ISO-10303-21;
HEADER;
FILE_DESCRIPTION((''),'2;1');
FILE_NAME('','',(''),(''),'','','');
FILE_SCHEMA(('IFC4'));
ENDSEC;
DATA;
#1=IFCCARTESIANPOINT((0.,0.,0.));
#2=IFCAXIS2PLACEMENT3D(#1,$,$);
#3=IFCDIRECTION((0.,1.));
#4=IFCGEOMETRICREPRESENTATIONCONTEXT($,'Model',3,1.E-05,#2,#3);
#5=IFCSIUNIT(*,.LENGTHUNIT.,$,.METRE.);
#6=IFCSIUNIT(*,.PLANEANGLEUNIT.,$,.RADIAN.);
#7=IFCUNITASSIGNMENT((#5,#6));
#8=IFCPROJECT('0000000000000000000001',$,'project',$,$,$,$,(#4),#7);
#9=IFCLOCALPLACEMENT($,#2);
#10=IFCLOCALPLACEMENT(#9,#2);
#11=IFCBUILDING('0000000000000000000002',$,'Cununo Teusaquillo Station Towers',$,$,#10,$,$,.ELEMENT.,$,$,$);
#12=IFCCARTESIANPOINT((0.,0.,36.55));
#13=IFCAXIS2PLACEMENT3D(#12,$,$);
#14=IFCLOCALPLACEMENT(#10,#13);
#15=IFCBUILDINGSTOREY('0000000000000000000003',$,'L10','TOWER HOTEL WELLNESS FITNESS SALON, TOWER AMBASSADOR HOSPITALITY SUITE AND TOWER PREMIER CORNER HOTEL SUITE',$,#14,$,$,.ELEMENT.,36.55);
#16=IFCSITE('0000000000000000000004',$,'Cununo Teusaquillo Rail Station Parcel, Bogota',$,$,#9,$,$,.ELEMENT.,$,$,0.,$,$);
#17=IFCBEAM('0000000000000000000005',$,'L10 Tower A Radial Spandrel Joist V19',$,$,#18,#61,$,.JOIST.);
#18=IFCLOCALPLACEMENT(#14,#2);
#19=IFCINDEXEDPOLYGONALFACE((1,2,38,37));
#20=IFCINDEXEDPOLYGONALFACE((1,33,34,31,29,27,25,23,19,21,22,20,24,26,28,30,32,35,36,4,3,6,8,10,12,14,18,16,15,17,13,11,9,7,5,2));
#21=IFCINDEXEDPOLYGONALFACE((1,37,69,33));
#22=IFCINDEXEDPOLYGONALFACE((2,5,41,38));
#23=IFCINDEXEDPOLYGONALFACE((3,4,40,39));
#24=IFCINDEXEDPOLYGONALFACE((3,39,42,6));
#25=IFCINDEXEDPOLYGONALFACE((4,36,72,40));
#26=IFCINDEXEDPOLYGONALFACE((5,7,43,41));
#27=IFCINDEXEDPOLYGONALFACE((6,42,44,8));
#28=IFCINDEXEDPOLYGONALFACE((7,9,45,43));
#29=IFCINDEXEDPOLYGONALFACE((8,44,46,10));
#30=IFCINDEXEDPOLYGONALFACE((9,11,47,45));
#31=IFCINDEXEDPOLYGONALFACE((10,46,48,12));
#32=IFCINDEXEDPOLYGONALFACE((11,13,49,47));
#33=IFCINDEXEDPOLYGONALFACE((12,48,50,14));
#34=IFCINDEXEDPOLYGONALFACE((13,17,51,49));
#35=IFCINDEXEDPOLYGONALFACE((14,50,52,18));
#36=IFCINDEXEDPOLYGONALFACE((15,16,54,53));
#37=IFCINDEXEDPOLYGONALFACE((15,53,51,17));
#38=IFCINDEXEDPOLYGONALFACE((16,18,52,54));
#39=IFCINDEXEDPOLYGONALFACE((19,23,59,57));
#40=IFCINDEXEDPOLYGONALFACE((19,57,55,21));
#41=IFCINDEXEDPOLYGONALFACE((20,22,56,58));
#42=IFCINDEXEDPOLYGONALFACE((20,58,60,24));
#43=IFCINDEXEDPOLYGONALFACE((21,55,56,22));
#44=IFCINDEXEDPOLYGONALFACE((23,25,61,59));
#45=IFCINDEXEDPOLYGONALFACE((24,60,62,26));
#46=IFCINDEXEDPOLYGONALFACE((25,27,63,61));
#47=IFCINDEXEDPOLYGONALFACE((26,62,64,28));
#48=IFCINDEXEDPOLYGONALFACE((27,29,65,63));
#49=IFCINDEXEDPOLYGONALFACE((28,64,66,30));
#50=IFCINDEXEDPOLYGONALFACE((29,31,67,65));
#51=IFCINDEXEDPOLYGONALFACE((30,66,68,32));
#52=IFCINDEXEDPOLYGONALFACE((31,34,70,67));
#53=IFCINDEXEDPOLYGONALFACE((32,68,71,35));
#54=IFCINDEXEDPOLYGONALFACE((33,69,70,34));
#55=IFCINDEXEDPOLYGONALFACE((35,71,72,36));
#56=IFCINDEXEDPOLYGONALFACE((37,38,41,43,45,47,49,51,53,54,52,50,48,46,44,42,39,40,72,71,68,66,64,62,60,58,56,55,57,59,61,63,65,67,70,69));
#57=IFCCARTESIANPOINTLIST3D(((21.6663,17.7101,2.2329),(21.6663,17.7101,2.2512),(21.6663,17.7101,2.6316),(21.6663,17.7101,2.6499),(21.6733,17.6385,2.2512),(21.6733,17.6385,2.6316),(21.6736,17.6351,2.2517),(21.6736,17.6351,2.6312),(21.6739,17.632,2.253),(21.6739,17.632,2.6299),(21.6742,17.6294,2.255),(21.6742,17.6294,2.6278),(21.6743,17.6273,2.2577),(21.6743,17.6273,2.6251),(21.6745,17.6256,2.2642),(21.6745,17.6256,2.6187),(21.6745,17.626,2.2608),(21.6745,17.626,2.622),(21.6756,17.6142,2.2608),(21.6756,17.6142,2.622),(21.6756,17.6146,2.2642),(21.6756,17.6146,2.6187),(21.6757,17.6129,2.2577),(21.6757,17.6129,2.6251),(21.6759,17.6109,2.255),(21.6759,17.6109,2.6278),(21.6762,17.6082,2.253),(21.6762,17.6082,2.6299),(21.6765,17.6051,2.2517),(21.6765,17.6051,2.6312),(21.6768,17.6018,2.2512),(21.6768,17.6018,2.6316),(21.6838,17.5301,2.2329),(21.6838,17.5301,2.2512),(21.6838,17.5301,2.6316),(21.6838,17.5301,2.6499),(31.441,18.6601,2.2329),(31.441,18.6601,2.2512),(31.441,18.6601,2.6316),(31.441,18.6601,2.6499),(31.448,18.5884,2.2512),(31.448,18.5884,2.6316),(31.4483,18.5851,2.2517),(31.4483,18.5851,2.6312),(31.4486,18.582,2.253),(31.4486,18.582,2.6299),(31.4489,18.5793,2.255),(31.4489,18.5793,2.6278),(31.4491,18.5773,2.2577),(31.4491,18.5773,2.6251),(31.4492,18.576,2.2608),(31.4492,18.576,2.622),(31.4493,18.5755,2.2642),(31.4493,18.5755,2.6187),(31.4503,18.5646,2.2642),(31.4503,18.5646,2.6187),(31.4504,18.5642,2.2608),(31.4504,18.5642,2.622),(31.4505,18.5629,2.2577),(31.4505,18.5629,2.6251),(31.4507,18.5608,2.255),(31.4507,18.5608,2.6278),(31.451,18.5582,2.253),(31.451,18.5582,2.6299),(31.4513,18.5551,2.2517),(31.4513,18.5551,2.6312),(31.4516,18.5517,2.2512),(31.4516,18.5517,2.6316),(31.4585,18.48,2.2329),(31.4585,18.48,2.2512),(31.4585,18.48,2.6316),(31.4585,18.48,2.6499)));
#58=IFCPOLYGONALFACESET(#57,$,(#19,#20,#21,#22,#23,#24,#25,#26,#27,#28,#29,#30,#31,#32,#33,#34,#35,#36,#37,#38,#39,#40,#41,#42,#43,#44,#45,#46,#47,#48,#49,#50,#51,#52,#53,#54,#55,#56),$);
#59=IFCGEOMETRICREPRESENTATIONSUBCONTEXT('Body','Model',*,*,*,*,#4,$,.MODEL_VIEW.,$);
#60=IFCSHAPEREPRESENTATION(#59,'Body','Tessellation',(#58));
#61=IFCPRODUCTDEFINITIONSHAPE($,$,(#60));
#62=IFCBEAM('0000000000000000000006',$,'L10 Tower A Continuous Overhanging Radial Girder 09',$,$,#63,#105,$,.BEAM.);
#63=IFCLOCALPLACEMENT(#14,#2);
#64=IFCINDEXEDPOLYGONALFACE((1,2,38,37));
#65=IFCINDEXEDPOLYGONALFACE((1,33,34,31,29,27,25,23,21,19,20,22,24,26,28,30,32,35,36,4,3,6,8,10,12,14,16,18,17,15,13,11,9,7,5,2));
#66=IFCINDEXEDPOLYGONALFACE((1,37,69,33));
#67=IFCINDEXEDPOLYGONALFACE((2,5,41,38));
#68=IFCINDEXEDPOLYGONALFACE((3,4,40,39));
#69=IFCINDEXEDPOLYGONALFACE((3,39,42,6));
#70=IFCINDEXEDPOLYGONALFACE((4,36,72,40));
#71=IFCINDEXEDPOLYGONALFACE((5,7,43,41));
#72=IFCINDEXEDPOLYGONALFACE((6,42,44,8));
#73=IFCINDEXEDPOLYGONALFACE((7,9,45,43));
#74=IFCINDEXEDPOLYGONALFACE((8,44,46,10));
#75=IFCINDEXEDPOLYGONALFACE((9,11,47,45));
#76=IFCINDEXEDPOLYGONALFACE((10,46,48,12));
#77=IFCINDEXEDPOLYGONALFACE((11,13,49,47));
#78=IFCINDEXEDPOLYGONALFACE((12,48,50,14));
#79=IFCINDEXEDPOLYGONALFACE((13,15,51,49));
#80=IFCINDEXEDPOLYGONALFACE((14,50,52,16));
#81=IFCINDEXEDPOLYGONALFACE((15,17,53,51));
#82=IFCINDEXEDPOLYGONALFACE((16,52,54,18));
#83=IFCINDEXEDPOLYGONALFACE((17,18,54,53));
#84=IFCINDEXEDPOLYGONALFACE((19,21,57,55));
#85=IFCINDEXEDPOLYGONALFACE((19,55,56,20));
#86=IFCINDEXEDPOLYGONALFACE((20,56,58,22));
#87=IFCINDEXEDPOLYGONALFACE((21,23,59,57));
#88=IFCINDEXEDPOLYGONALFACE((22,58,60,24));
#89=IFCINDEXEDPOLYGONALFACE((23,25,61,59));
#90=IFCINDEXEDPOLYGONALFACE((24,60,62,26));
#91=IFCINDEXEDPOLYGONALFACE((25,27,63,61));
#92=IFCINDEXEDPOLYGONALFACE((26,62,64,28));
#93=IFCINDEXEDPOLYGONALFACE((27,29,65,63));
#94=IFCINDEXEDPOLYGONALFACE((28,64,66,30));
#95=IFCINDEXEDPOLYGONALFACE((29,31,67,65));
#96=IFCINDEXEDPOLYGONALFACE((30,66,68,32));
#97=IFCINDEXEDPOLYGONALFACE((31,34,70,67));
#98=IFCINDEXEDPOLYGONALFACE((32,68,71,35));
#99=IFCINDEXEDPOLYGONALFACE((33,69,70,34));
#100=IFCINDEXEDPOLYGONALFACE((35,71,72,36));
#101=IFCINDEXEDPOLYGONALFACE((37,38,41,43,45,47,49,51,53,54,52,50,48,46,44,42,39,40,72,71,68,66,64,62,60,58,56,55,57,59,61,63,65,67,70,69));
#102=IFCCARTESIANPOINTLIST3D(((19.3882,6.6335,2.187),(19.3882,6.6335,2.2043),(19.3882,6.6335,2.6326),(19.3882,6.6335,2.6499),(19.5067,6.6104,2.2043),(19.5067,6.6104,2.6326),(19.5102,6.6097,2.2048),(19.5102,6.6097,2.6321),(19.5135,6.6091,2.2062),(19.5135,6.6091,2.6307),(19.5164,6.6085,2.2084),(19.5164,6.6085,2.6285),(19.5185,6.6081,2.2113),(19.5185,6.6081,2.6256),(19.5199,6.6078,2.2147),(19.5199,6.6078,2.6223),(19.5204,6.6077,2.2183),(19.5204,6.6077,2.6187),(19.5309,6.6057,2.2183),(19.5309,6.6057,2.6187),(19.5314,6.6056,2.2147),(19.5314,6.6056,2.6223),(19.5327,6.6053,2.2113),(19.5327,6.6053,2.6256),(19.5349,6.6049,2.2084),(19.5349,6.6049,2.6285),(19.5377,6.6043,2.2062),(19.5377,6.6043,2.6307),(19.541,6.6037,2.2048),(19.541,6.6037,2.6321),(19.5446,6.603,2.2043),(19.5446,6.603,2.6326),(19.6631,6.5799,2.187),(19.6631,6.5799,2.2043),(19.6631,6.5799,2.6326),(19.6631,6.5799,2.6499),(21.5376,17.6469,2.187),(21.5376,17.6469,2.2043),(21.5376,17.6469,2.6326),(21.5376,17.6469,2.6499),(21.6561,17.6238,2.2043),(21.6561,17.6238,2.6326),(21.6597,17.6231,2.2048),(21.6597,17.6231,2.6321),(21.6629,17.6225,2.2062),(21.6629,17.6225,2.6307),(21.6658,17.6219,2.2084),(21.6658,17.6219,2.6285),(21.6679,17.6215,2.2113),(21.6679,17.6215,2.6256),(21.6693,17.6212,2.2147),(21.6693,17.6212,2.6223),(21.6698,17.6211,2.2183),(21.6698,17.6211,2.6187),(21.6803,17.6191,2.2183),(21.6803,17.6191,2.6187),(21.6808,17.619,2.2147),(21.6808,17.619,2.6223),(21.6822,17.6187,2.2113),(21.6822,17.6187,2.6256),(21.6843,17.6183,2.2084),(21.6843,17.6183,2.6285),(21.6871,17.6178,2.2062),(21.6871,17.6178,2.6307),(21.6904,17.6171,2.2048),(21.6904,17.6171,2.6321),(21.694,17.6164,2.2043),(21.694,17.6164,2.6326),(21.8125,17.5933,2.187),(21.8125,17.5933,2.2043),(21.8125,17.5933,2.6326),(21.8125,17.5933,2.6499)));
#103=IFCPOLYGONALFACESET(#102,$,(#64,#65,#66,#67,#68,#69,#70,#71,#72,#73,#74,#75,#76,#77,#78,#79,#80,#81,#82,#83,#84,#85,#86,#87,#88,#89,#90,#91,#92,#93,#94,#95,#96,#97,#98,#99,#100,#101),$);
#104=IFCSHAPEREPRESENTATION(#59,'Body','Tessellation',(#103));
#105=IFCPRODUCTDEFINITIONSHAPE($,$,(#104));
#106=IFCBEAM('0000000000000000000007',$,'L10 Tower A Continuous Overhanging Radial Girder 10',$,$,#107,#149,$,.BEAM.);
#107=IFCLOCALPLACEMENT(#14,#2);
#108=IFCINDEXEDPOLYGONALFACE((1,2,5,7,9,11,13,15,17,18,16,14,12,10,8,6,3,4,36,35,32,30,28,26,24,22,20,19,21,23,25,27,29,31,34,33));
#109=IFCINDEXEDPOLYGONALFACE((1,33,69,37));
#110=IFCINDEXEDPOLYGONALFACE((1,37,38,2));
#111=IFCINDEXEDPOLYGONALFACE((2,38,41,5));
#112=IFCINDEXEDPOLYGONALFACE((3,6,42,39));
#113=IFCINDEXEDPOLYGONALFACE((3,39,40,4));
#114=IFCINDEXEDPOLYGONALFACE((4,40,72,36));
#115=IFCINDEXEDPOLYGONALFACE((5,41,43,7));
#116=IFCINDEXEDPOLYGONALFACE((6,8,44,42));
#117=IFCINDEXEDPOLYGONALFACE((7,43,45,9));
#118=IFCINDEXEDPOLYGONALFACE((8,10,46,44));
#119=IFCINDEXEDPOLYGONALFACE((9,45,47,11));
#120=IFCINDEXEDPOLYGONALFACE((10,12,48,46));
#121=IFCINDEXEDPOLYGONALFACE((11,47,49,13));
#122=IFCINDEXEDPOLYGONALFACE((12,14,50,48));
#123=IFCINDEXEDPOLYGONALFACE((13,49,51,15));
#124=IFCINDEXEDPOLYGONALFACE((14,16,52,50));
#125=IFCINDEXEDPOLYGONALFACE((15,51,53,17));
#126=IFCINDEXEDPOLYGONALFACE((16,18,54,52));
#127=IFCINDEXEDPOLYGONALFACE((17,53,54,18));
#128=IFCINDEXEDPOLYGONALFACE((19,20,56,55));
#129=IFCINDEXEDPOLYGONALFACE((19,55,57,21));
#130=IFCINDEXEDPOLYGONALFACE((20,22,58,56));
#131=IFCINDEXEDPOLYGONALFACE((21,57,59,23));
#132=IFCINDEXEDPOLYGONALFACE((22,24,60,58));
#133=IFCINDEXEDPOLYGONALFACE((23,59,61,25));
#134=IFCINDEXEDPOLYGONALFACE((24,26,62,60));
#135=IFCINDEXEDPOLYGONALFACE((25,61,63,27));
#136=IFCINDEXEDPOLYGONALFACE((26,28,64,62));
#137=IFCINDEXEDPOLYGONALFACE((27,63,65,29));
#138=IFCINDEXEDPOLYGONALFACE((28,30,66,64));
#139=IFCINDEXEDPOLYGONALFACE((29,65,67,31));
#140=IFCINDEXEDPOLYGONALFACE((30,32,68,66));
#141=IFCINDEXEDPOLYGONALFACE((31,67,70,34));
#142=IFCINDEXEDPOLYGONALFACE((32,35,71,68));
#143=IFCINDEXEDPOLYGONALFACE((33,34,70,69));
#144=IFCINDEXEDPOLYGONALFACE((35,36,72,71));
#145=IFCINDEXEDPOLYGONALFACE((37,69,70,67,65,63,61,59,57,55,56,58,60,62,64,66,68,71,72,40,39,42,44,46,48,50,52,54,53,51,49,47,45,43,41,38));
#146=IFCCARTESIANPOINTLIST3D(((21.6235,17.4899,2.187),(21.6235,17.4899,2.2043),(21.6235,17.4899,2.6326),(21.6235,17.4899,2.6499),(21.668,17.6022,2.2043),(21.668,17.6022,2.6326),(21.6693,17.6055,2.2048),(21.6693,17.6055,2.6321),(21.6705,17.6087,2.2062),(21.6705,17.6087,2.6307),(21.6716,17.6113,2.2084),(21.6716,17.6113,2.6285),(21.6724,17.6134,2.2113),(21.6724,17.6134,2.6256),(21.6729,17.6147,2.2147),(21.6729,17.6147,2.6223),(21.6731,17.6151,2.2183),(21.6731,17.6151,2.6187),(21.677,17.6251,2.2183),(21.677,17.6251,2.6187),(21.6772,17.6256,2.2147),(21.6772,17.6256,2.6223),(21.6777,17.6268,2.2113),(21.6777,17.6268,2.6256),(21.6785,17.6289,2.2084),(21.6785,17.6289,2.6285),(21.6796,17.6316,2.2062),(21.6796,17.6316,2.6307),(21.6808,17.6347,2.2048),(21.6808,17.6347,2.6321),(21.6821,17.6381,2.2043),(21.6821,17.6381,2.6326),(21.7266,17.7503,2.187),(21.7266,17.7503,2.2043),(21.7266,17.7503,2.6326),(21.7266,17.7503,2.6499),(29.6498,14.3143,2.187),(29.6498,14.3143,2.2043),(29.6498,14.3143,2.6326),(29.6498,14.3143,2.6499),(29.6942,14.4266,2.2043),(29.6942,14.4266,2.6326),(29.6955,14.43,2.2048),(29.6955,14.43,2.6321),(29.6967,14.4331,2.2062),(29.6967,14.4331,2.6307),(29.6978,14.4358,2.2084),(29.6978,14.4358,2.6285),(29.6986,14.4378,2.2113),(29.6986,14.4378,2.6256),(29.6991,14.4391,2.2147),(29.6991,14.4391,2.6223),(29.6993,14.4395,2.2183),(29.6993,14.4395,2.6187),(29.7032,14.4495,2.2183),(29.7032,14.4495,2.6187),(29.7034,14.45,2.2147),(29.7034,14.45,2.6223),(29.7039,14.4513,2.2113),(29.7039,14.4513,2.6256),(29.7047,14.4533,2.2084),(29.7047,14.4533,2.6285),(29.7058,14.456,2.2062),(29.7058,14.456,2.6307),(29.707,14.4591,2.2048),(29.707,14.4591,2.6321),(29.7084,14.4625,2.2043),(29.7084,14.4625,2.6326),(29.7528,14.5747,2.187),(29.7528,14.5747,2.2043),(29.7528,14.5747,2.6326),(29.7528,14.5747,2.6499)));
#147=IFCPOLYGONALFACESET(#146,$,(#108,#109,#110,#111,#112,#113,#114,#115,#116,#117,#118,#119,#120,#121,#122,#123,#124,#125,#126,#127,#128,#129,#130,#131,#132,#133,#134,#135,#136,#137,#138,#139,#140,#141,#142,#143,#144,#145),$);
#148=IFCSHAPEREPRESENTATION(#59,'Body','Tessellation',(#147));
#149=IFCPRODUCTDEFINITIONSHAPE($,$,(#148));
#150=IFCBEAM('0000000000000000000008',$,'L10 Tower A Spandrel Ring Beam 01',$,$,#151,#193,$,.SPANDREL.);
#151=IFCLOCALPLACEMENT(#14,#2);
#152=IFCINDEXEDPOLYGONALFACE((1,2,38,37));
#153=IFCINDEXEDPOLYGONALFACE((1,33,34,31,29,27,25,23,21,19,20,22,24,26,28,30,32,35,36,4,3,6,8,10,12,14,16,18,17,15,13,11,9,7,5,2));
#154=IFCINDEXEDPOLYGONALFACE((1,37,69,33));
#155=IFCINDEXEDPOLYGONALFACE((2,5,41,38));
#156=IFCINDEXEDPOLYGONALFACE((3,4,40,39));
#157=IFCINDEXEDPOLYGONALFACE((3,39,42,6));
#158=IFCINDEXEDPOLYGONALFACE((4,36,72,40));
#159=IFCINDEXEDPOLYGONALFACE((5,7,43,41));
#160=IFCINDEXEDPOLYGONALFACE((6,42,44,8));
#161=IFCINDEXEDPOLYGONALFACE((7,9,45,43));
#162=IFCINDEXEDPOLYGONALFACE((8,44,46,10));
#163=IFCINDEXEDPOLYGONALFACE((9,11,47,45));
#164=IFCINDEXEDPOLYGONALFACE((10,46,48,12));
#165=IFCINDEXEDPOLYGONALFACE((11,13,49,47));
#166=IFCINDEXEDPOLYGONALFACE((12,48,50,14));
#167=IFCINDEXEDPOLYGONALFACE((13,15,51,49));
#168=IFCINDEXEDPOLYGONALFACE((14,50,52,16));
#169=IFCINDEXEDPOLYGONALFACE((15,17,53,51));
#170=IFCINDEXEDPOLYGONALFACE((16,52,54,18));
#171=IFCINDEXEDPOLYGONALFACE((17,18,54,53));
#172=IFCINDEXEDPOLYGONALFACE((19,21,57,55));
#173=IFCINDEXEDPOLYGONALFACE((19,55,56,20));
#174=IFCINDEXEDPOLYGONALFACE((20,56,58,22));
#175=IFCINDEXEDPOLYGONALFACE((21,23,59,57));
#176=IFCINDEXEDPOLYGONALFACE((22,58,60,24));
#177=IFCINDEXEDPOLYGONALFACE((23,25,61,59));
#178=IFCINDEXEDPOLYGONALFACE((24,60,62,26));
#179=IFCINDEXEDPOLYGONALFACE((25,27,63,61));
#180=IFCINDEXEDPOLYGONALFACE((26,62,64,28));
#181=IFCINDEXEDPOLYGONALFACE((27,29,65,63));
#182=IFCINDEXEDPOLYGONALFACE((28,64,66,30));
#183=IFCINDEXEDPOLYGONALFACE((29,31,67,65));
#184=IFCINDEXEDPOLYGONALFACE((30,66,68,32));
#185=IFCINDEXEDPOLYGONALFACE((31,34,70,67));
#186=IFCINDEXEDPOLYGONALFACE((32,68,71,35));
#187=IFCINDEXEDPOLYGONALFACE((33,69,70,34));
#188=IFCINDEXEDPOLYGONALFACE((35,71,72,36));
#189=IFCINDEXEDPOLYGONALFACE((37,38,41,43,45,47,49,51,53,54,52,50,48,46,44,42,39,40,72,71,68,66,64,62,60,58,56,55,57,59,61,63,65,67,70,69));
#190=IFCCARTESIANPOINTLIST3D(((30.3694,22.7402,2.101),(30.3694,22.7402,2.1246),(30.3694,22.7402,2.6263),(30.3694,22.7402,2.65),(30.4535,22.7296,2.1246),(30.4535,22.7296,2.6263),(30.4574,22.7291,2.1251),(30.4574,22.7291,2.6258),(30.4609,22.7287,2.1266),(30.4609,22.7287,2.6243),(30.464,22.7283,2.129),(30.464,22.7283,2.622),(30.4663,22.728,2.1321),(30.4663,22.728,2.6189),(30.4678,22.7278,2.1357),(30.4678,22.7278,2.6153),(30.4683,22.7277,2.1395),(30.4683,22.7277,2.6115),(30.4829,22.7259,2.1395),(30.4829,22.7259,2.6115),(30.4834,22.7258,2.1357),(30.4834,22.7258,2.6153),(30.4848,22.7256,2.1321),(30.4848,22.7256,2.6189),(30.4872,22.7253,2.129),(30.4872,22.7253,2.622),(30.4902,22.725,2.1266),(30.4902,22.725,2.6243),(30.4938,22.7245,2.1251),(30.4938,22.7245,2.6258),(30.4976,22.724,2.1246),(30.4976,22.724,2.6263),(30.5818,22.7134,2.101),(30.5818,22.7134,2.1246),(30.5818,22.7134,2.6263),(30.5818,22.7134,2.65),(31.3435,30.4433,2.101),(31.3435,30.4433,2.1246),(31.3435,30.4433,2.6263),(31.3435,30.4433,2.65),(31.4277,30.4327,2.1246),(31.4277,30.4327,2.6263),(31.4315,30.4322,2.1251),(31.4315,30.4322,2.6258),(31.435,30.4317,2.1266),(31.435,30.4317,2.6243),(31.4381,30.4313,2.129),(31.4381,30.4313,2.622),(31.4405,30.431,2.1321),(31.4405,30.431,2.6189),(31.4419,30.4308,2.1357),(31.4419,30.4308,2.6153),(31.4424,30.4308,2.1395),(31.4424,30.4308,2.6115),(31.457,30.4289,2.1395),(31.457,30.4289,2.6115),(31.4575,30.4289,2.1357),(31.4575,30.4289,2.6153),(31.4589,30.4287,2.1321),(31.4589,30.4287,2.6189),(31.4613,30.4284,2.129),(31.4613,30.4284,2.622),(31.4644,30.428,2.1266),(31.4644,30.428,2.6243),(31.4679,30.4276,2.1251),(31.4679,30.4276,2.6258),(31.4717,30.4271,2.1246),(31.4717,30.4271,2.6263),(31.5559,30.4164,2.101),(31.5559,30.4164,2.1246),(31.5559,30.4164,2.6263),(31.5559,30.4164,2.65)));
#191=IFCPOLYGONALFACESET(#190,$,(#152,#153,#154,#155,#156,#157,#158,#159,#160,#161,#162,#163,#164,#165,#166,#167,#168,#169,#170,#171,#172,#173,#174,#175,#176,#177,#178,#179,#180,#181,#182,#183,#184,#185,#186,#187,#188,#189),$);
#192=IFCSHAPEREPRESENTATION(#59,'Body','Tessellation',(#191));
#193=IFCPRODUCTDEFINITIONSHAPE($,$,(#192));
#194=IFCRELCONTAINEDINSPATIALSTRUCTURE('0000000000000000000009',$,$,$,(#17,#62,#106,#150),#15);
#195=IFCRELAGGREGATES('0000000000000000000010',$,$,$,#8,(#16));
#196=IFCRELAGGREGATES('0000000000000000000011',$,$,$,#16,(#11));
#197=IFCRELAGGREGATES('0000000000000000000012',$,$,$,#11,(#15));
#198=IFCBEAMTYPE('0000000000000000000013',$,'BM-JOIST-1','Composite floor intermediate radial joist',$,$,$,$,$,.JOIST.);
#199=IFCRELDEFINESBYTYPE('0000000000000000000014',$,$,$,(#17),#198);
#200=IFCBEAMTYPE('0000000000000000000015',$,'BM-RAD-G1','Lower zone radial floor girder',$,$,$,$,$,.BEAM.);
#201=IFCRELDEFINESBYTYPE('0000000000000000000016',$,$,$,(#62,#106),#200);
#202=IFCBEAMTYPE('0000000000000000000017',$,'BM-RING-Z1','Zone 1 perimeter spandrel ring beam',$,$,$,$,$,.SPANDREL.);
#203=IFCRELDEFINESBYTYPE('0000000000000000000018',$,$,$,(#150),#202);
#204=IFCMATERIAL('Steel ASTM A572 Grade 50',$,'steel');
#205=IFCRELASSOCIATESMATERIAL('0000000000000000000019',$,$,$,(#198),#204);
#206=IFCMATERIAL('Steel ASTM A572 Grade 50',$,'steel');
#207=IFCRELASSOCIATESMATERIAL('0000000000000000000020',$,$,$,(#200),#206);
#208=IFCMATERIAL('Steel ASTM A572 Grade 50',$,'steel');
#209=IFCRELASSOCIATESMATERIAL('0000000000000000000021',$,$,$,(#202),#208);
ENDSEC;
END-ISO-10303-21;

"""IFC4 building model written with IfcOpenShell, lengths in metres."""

from ifc_helpers import new_model, si_unit, direction, frame, origin, origin_2d, place, context, subcontext, project, spatial, i_section, extrude, material, material_profile, profile_set, type_object, element, save


model = new_model("IFC4")

# Units and contexts
model_context = context("Model", 3, precision=1e-05, world=origin(), true_north=direction((0.0, 1.0)))
body_context = subcontext(model_context, "Body", "Model", "MODEL_VIEW")
ifc_project = project(units=[si_unit("LENGTHUNIT", "METRE"), si_unit("PLANEANGLEUNIT", "RADIAN")], contexts=[model_context])

# Site, building, storey
site_placement = place(None, origin())
site = spatial("IfcSite", under=ifc_project, at=site_placement, Name="Cununo Teusaquillo Rail Station Parcel, Bogota", CompositionType="ELEMENT", RefElevation=0.0)
building_placement = place(site_placement, origin())
building = spatial("IfcBuilding", under=site, at=building_placement, Name="Cununo Teusaquillo Station Towers", CompositionType="ELEMENT")
storey_placement = place(building_placement, frame((0.0, 0.0, 36.55)))
storey = spatial("IfcBuildingStorey", under=building, at=storey_placement, Name="L10", Description="TOWER HOTEL WELLNESS FITNESS SALON, TOWER AMBASSADOR HOSPITALITY SUITE AND TOWER PREMIER CORNER HOTEL SUITE", CompositionType="ELEMENT", Elevation=36.55)

# Beams
ifc_material_1 = material(Name="Steel ASTM A572 Grade 50", Category="steel")
ifc_material_profile_1 = material_profile(ifc_material_1, i_section(OverallWidth=0.1809, OverallDepth=0.417, WebThickness=0.011, FlangeThickness=0.0183, FilletRadius=0.0129, at=origin_2d()), Name="W16X57")
ifc_profile_set_1 = profile_set([ifc_material_profile_1], Name="Steel ASTM A572 Grade 50")
beam_type_1 = type_object("IfcBeamType", Name="BM-JOIST-1", Description="Composite floor intermediate radial joist", PredefinedType="JOIST", material=ifc_profile_set_1)
beam_1_placement = place(storey_placement, frame((21.675, 17.6201, 2.4414), z_axis=(0.995311, 0.096729, 0.0), x_axis=(-0.096729, 0.995311, 0.0)))
element("IfcBeam", 1, at=beam_1_placement, inside=storey, type_object=beam_type_1, Name="L10 Tower A Radial Spandrel Joist V19", PredefinedType="JOIST", context=body_context, shape_type="SweptSolid", body=[
    extrude(i_section(OverallWidth=0.1809, OverallDepth=0.417, WebThickness=0.011, FlangeThickness=0.0183, FilletRadius=0.0129, at=origin_2d()), origin(), (0.0, 0.0, 1.0), 9.8208),
])
ifc_material_2 = material(Name="Steel ASTM A572 Grade 50", Category="steel")
ifc_material_profile_2 = material_profile(ifc_material_2, i_section(OverallWidth=0.28, OverallDepth=0.4629, WebThickness=0.0107, FlangeThickness=0.0173, FilletRadius=0.0139, at=origin_2d()), Name="W18X76")
ifc_profile_set_2 = profile_set([ifc_material_profile_2], Name="Steel ASTM A572 Grade 50")
beam_type_2 = type_object("IfcBeamType", Name="BM-RAD-G1", Description="Lower zone radial floor girder", PredefinedType="BEAM", material=ifc_profile_set_2)
beam_2_placement = place(storey_placement, frame((21.675, 17.6201, 2.4185), z_axis=(-0.191549, -0.981483, 0.0), x_axis=(0.981483, -0.191549, 0.0)))
element("IfcBeam", 2, at=beam_2_placement, inside=storey, type_object=beam_type_2, Name="L10 Tower A Continuous Overhanging Radial Girder 09", PredefinedType="BEAM", context=body_context, shape_type="SweptSolid", body=[
    extrude(i_section(OverallWidth=0.28, OverallDepth=0.4629, WebThickness=0.0107, FlangeThickness=0.0173, FilletRadius=0.0139, at=origin_2d()), origin(), (0.0, 0.0, 1.0), 11.2212),
])
beam_3_placement = place(storey_placement, frame((21.675, 17.6201, 2.4185), z_axis=(0.929865, -0.367901, 0.0), x_axis=(0.367901, 0.929865, 0.0)))
element("IfcBeam", 3, at=beam_3_placement, inside=storey, type_object=beam_type_2, Name="L10 Tower A Continuous Overhanging Radial Girder 10", PredefinedType="BEAM", context=body_context, shape_type="SweptSolid", body=[
    extrude(i_section(OverallWidth=0.28, OverallDepth=0.4629, WebThickness=0.0107, FlangeThickness=0.0173, FilletRadius=0.0139, at=origin_2d()), origin(), (0.0, 0.0, 1.0), 8.6316),
])
ifc_material_3 = material(Name="Steel ASTM A572 Grade 50", Category="steel")
ifc_material_profile_3 = material_profile(ifc_material_3, i_section(OverallWidth=0.2141, OverallDepth=0.5491, WebThickness=0.0146, FlangeThickness=0.0237, FilletRadius=0.0149, at=origin_2d()), Name="W21X93")
ifc_profile_set_3 = profile_set([ifc_material_profile_3], Name="Steel ASTM A572 Grade 50")
beam_type_3 = type_object("IfcBeamType", Name="BM-RING-Z1", Description="Zone 1 perimeter spandrel ring beam", PredefinedType="SPANDREL", material=ifc_profile_set_3)
beam_4_placement = place(storey_placement, frame((30.4756, 22.7268, 2.3755), z_axis=(0.125459, 0.992099, 0.0), x_axis=(-0.992099, 0.125459, 0.0)))
element("IfcBeam", 4, at=beam_4_placement, inside=storey, type_object=beam_type_3, Name="L10 Tower A Spandrel Ring Beam 01", PredefinedType="SPANDREL", context=body_context, shape_type="SweptSolid", body=[
    extrude(i_section(OverallWidth=0.2141, OverallDepth=0.5491, WebThickness=0.0146, FlangeThickness=0.0237, FilletRadius=0.0149, at=origin_2d()), origin(), (0.0, 0.0, 1.0), 7.7644),
])

save(model, "model.ifc")
